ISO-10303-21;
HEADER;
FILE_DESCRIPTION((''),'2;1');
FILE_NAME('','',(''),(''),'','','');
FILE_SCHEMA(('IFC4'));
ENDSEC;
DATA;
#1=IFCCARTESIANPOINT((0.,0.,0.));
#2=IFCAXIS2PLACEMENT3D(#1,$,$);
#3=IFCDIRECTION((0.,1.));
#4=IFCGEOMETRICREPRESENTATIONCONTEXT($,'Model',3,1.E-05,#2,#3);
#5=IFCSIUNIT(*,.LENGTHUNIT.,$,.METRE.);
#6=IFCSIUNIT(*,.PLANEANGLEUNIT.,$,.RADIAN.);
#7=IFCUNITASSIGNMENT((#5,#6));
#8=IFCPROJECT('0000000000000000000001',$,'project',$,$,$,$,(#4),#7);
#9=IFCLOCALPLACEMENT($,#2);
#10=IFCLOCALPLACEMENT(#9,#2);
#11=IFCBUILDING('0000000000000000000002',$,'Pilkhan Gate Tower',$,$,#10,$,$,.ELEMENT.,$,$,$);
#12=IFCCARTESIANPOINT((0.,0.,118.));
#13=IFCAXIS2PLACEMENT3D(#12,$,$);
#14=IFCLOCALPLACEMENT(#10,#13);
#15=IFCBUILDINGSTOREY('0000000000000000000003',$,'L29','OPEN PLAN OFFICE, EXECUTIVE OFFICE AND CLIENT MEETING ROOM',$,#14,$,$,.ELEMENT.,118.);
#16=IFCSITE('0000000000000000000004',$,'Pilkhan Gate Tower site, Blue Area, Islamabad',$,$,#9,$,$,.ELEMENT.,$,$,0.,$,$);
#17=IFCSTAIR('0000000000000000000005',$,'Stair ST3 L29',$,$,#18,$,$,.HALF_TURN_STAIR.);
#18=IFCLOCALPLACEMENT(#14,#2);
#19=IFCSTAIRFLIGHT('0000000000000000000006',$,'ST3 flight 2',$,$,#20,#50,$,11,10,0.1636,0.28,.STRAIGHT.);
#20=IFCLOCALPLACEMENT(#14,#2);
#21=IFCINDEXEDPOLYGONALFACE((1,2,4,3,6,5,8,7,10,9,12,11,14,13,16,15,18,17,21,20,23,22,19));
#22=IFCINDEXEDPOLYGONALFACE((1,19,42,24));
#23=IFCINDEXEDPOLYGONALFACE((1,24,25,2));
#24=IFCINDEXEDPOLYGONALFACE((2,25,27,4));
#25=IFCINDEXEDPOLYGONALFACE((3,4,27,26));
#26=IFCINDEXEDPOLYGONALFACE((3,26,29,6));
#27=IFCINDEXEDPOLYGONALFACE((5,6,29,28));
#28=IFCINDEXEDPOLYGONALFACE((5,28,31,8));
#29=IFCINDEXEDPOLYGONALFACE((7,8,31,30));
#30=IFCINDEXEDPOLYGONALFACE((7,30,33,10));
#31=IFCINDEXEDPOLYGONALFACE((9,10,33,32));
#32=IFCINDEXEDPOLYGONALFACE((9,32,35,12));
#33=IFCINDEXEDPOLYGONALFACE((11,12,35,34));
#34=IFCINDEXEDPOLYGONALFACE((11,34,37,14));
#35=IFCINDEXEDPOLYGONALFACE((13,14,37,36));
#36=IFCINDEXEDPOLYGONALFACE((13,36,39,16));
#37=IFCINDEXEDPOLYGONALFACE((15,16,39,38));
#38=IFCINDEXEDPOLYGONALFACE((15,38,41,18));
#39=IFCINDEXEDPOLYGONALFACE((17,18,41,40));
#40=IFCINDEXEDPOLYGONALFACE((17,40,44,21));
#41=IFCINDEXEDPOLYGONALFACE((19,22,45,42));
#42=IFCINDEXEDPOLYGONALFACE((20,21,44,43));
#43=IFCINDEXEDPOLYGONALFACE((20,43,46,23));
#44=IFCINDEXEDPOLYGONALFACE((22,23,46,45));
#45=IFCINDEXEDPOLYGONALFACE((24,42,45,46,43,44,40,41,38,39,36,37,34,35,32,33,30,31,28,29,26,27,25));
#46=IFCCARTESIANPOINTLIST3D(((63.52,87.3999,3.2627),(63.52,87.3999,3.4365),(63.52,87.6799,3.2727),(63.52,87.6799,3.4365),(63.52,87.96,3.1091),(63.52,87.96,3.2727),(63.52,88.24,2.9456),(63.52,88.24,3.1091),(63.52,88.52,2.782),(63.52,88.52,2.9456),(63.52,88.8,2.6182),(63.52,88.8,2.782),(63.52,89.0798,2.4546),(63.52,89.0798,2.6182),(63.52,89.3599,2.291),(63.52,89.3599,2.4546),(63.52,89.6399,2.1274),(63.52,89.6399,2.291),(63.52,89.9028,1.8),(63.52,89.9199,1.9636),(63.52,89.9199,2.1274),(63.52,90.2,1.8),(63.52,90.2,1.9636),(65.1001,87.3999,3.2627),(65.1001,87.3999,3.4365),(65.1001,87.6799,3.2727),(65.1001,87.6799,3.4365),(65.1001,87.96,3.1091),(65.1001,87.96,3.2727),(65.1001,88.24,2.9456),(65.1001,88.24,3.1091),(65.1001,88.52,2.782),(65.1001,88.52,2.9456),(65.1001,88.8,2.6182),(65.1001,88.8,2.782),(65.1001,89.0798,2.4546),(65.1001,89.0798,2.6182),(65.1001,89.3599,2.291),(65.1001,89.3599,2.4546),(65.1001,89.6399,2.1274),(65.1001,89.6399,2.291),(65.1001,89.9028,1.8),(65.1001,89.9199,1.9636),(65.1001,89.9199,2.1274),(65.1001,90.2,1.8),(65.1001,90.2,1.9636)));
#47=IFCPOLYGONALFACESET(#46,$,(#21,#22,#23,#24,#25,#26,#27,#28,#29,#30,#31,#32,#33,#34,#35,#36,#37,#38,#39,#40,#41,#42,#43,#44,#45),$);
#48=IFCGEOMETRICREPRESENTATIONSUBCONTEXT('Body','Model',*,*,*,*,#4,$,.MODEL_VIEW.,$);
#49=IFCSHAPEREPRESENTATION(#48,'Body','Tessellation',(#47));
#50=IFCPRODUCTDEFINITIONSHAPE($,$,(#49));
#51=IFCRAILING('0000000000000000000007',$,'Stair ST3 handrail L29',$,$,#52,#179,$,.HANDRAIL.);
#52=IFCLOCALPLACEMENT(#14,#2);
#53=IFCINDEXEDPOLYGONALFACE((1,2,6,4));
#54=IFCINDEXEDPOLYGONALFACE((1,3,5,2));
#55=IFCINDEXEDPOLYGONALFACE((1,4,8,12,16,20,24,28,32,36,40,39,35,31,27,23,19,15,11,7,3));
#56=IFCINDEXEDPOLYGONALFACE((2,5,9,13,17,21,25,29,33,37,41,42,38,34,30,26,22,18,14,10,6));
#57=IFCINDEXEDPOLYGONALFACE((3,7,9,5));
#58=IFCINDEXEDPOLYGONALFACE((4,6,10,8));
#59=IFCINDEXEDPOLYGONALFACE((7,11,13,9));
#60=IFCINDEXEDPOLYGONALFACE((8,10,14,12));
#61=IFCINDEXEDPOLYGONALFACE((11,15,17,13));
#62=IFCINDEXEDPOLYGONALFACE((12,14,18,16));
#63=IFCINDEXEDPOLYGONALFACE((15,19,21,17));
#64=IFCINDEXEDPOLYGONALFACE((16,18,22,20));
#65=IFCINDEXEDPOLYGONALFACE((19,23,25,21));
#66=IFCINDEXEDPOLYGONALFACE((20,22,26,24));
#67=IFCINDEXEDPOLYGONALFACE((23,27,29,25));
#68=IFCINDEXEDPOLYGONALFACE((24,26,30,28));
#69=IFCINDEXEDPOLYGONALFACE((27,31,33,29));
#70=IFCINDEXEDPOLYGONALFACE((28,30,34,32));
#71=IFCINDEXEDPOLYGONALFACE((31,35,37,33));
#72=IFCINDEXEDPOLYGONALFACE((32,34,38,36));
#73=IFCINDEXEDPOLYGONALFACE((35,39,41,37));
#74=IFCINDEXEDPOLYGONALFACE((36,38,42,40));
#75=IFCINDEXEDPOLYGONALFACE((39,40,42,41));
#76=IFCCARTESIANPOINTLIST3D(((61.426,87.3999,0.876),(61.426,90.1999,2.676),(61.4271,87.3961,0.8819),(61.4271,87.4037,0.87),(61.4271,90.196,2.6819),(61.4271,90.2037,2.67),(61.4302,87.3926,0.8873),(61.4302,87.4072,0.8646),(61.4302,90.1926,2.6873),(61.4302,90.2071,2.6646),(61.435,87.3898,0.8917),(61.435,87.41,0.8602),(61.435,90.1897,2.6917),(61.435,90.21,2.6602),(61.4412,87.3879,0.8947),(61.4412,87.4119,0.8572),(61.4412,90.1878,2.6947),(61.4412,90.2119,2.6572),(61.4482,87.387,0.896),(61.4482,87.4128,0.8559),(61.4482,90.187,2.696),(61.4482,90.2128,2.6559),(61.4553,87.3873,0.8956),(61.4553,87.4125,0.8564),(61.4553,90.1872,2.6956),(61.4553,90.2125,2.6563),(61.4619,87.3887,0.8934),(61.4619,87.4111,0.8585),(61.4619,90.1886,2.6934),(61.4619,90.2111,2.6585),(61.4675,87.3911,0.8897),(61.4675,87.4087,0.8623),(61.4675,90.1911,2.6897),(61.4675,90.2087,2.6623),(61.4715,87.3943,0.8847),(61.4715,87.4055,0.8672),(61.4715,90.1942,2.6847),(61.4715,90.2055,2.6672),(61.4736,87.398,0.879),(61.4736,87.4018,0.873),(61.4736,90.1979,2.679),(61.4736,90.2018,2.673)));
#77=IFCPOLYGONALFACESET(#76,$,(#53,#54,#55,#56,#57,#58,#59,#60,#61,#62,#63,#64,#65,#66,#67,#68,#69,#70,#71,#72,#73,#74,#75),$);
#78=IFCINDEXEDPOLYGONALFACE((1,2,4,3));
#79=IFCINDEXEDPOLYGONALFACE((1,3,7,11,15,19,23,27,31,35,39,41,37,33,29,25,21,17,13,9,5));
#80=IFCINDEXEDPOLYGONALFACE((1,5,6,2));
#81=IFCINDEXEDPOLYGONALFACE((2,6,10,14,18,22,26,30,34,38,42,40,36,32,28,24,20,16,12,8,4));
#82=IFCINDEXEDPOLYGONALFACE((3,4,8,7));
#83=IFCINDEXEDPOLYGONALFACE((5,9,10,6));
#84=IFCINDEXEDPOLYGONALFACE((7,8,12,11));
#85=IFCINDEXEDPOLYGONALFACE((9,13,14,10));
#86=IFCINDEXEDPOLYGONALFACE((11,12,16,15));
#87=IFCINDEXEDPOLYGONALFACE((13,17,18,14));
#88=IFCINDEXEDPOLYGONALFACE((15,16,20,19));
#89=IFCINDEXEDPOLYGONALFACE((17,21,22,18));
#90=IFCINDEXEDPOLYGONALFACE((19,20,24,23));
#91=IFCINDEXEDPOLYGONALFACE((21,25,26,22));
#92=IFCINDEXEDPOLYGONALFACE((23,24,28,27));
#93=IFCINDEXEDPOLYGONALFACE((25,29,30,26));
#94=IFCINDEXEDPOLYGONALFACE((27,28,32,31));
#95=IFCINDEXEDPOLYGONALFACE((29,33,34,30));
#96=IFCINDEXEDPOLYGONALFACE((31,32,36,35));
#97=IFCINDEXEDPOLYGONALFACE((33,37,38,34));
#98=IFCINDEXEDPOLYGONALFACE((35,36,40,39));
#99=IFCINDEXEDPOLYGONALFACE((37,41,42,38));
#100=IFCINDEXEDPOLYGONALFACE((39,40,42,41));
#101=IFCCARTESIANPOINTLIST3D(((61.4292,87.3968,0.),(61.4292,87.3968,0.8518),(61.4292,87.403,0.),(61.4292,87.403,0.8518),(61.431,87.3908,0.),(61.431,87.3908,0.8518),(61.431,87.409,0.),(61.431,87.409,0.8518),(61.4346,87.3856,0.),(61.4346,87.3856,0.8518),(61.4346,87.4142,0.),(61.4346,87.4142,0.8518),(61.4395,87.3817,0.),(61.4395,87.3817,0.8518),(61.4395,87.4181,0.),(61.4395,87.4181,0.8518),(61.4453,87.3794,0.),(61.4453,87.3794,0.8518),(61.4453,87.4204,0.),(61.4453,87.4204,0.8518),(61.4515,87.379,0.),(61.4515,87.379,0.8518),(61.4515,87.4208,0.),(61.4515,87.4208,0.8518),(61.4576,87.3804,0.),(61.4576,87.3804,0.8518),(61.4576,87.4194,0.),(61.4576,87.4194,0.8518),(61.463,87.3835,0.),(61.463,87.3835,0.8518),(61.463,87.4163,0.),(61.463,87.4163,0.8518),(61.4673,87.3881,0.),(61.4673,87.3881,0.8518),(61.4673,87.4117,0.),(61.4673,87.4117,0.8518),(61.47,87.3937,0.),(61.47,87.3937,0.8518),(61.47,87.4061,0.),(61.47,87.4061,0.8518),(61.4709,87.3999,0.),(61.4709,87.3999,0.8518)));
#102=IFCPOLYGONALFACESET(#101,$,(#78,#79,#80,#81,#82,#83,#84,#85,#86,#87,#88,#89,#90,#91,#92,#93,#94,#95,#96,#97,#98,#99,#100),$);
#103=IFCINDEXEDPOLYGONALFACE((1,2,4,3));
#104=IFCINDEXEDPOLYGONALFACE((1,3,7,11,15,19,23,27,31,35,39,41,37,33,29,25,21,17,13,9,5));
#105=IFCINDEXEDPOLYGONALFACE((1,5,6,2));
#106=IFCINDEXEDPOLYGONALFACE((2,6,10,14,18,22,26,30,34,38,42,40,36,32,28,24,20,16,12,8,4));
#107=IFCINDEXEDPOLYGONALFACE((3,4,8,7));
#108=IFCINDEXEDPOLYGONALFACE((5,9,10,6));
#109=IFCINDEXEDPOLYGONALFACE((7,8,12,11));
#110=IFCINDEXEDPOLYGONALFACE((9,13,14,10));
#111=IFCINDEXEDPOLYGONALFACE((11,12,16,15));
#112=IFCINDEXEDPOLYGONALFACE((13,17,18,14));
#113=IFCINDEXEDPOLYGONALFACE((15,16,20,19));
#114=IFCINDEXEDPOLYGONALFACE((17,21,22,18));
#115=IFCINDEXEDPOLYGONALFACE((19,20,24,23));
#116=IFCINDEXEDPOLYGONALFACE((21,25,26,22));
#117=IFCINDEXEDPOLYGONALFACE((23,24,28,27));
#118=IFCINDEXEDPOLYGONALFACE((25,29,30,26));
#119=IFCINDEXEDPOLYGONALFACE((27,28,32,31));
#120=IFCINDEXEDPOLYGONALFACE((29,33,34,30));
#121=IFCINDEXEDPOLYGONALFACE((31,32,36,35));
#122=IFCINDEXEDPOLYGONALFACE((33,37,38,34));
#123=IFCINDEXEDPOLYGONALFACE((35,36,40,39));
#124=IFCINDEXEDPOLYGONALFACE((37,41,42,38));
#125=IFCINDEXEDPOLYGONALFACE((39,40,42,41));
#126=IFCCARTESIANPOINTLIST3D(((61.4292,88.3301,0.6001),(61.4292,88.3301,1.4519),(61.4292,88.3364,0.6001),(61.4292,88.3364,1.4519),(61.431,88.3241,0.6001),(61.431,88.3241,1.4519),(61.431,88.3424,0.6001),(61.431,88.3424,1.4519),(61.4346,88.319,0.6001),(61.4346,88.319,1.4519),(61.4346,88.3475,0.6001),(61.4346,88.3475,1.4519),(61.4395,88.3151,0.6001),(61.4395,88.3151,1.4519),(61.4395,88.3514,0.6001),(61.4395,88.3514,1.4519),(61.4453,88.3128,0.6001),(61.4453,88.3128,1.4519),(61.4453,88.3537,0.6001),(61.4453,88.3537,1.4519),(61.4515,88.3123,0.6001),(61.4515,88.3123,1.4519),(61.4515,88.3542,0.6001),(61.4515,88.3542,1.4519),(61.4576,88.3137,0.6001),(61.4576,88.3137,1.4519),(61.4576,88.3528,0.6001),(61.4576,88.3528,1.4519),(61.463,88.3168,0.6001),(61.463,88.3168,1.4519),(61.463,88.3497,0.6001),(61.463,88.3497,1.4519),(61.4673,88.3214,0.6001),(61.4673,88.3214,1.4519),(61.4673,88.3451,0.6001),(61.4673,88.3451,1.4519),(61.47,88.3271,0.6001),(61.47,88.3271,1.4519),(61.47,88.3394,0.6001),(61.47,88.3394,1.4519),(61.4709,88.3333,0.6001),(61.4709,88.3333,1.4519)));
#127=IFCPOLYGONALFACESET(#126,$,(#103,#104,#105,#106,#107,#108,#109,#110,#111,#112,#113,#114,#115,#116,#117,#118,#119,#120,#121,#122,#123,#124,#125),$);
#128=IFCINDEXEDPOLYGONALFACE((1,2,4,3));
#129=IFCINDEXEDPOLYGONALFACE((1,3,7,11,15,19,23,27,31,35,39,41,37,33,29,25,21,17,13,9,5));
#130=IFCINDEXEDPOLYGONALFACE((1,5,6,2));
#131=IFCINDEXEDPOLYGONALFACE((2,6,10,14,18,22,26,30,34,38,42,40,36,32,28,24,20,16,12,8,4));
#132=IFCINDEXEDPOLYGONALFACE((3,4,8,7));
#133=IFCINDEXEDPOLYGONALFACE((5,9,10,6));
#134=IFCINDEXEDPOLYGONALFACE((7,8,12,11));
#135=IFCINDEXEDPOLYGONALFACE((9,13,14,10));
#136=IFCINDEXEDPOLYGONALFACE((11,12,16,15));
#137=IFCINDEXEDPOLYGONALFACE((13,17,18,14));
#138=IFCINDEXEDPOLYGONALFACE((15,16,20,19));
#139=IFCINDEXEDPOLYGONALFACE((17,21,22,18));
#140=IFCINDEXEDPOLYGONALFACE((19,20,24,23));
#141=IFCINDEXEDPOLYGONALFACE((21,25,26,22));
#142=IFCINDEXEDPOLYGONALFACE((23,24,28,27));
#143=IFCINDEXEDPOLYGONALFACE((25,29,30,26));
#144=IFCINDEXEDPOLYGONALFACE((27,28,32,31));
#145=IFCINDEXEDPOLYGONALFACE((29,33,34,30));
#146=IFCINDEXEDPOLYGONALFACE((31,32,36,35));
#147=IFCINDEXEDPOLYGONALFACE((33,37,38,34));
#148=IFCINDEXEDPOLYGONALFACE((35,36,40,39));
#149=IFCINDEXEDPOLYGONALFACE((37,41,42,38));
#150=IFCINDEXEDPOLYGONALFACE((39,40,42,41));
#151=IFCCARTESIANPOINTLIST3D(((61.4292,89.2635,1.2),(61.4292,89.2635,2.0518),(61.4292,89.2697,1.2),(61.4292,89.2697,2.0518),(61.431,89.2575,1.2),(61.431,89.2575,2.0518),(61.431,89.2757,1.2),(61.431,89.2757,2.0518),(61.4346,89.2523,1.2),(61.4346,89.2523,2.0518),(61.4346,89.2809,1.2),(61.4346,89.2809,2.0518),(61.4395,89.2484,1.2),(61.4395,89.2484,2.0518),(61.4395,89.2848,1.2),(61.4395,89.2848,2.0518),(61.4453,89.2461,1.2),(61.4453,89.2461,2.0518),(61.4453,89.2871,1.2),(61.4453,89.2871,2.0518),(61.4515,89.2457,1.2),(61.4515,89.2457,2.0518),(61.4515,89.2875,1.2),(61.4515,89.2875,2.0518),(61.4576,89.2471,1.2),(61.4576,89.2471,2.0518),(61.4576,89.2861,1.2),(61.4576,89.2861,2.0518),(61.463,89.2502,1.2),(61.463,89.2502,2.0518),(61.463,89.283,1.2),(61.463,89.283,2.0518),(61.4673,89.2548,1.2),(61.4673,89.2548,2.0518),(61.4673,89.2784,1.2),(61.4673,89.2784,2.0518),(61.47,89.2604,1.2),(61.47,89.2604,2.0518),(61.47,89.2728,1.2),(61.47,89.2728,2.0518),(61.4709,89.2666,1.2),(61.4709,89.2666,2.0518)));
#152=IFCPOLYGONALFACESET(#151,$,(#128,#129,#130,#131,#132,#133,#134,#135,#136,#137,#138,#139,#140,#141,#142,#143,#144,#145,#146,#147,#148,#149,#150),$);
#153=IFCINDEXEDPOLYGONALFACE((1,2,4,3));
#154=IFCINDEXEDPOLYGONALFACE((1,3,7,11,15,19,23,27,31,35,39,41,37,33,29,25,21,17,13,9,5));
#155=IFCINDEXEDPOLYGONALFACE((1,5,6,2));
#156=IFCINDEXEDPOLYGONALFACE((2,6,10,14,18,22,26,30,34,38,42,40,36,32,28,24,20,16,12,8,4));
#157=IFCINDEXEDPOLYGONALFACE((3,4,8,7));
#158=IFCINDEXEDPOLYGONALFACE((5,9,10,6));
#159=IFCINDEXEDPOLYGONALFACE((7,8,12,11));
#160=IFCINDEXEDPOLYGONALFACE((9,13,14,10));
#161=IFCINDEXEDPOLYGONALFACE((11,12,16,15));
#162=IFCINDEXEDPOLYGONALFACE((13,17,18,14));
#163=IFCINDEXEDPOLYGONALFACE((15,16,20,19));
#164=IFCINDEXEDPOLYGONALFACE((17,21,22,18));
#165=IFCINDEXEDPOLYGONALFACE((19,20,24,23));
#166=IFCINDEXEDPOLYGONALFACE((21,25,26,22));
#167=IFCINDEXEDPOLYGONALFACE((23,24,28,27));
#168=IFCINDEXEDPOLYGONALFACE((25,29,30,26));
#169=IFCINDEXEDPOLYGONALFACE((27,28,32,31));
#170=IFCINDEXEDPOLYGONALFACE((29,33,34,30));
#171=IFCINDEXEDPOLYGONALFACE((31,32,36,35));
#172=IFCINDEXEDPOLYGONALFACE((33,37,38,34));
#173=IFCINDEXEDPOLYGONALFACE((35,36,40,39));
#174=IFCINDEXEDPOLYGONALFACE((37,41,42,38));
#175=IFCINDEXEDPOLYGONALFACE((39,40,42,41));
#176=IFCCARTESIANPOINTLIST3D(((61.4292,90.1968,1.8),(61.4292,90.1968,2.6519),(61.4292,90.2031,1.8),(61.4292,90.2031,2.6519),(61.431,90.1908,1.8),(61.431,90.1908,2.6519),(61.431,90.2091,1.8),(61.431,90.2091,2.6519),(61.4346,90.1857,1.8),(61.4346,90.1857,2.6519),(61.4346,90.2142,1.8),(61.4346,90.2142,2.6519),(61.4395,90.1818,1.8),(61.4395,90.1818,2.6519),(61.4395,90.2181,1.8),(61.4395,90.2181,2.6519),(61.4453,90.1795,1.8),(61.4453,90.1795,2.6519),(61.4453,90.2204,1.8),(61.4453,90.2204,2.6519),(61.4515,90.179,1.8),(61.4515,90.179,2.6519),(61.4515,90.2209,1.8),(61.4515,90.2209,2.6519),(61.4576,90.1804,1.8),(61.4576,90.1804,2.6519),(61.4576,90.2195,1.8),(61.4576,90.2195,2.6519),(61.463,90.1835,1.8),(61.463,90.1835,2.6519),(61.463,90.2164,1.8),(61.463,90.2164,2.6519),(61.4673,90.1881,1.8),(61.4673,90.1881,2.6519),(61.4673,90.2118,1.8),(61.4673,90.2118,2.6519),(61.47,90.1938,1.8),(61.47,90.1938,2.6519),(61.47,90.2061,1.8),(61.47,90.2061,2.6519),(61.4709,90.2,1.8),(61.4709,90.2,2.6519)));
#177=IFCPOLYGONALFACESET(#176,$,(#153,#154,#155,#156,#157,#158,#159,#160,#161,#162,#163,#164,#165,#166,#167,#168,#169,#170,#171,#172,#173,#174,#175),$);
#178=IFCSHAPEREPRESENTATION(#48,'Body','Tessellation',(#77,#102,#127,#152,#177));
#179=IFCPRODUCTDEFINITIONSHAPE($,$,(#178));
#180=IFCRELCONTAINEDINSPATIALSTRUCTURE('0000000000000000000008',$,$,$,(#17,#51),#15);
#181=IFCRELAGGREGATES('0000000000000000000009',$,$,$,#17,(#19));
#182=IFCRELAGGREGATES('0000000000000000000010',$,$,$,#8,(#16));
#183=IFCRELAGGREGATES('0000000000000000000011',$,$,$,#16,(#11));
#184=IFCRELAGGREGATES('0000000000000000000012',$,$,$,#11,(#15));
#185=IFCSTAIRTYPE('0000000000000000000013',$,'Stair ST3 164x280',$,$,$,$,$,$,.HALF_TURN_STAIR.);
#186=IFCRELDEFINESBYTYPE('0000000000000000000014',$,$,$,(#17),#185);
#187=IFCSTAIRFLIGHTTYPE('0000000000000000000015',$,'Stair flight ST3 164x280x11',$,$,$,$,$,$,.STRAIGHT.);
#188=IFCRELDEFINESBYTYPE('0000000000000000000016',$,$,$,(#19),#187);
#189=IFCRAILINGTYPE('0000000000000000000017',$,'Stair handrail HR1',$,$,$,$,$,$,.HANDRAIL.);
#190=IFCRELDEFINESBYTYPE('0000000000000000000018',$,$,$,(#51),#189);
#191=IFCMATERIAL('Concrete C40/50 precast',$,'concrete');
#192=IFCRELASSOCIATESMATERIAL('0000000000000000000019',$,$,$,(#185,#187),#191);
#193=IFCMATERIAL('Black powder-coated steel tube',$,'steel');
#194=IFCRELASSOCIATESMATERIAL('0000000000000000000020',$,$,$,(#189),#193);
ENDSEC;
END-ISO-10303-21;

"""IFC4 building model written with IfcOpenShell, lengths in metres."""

from ifc_helpers import new_model, si_unit, direction, frame, origin, origin_2d, place, context, subcontext, project, spatial, polyline, circle, outline, extrude, material, type_object, element, aggregate, save


model = new_model("IFC4")

# Units and contexts
model_context = context("Model", 3, precision=1e-05, world=origin(), true_north=direction((0.0, 1.0)))
body_context = subcontext(model_context, "Body", "Model", "MODEL_VIEW")
ifc_project = project(units=[si_unit("LENGTHUNIT", "METRE"), si_unit("PLANEANGLEUNIT", "RADIAN")], contexts=[model_context])

# Site, building, storey
site_placement = place(None, origin())
site = spatial("IfcSite", under=ifc_project, at=site_placement, Name="Pilkhan Gate Tower site, Blue Area, Islamabad", CompositionType="ELEMENT", RefElevation=0.0)
building_placement = place(site_placement, origin())
building = spatial("IfcBuilding", under=site, at=building_placement, Name="Pilkhan Gate Tower", CompositionType="ELEMENT")
storey_placement = place(building_placement, frame((0.0, 0.0, 118.0)))
storey = spatial("IfcBuildingStorey", under=building, at=storey_placement, Name="L29", Description="OPEN PLAN OFFICE, EXECUTIVE OFFICE AND CLIENT MEETING ROOM", CompositionType="ELEMENT", Elevation=118.0)

# Stair, stair flight
ifc_material_1 = material(Name="Concrete C40/50 precast", Category="concrete")
stair_type = type_object("IfcStairType", Name="Stair ST3 164x280", PredefinedType="HALF_TURN_STAIR", material=ifc_material_1)
stair_placement = place(storey_placement, origin())
stair = element("IfcStair", 1, at=stair_placement, inside=storey, type_object=stair_type, Name="Stair ST3 L29", PredefinedType="HALF_TURN_STAIR")
stair_flight_type = type_object("IfcStairFlightType", Name="Stair flight ST3 164x280x11", PredefinedType="STRAIGHT", material=ifc_material_1)
stair_flight_1_placement = place(storey_placement, frame((64.3101, 90.2, 1.8), z_axis=(0.0, 0.0, 1.0), x_axis=(0.0, -1.0, 0.0)))
stair_flight_1 = element("IfcStairFlight", 2, at=stair_flight_1_placement, type_object=stair_flight_type, Name="ST3 flight 2", NumberOfRisers=11, NumberOfTreads=10, PredefinedType="STRAIGHT", RiserHeight=0.1636, TreadLength=0.28, context=body_context, shape_type="SweptSolid", body=[
    extrude(outline(polyline([(0.0, 0.0), (0.0, 0.1636), (0.28, 0.1636), (0.28, 0.3274), (0.5601, 0.3274), (0.5601, 0.491), (0.8401, 0.491), (0.8401, 0.6545), (1.1201, 0.6545), (1.1201, 0.8181), (1.3999, 0.8181), (1.3999, 0.9819), (1.6799, 0.9819), (1.6799, 1.1455), (1.96, 1.1455), (1.96, 1.3091), (2.24, 1.3091), (2.24, 1.4727), (2.52, 1.4727), (2.52, 1.6365), (2.8, 1.6365), (2.8, 1.8), (2.8, 1.4626), (0.2971, 0.0), (0.0, 0.0)])), frame((0.0, 0.79, 0.0), z_axis=(0.0, -1.0, 0.0), x_axis=(1.0, 0.0, 0.0)), (0.0, 0.0, 1.0), 1.5801),
])
aggregate(stair, [stair_flight_1])

# Railing
ifc_material_2 = material(Name="Black powder-coated steel tube", Category="steel")
railing_type_1 = type_object("IfcRailingType", Name="Stair handrail HR1", PredefinedType="HANDRAIL", material=ifc_material_2)
railing_1_placement = place(storey_placement, frame((61.45, 87.3999, 0.0)))
element("IfcRailing", 3, at=railing_1_placement, inside=storey, type_object=railing_type_1, Name="Stair ST3 handrail L29", PredefinedType="HANDRAIL", context=body_context, shape_type="SweptSolid", body=[
    extrude(circle(Radius=0.0239, at=origin_2d()), frame((0.0, 0.0, 0.876), z_axis=(0.0, 0.841176, 0.540761), x_axis=(-1.0, 0.0, 0.0)), (0.0, 0.0, 1.0), 3.3286),
    extrude(circle(Radius=0.021, at=origin_2d()), origin(), (0.0, 0.0, 1.0), 0.8518),
    extrude(circle(Radius=0.021, at=origin_2d()), frame((0.0, 0.9333, 0.6001)), (0.0, 0.0, 1.0), 0.8518),
    extrude(circle(Radius=0.021, at=origin_2d()), frame((0.0, 1.8667, 1.2)), (0.0, 0.0, 1.0), 0.8518),
    extrude(circle(Radius=0.021, at=origin_2d()), frame((0.0, 2.8, 1.8)), (0.0, 0.0, 1.0), 0.8518),
])

save(model, "model.ifc")
